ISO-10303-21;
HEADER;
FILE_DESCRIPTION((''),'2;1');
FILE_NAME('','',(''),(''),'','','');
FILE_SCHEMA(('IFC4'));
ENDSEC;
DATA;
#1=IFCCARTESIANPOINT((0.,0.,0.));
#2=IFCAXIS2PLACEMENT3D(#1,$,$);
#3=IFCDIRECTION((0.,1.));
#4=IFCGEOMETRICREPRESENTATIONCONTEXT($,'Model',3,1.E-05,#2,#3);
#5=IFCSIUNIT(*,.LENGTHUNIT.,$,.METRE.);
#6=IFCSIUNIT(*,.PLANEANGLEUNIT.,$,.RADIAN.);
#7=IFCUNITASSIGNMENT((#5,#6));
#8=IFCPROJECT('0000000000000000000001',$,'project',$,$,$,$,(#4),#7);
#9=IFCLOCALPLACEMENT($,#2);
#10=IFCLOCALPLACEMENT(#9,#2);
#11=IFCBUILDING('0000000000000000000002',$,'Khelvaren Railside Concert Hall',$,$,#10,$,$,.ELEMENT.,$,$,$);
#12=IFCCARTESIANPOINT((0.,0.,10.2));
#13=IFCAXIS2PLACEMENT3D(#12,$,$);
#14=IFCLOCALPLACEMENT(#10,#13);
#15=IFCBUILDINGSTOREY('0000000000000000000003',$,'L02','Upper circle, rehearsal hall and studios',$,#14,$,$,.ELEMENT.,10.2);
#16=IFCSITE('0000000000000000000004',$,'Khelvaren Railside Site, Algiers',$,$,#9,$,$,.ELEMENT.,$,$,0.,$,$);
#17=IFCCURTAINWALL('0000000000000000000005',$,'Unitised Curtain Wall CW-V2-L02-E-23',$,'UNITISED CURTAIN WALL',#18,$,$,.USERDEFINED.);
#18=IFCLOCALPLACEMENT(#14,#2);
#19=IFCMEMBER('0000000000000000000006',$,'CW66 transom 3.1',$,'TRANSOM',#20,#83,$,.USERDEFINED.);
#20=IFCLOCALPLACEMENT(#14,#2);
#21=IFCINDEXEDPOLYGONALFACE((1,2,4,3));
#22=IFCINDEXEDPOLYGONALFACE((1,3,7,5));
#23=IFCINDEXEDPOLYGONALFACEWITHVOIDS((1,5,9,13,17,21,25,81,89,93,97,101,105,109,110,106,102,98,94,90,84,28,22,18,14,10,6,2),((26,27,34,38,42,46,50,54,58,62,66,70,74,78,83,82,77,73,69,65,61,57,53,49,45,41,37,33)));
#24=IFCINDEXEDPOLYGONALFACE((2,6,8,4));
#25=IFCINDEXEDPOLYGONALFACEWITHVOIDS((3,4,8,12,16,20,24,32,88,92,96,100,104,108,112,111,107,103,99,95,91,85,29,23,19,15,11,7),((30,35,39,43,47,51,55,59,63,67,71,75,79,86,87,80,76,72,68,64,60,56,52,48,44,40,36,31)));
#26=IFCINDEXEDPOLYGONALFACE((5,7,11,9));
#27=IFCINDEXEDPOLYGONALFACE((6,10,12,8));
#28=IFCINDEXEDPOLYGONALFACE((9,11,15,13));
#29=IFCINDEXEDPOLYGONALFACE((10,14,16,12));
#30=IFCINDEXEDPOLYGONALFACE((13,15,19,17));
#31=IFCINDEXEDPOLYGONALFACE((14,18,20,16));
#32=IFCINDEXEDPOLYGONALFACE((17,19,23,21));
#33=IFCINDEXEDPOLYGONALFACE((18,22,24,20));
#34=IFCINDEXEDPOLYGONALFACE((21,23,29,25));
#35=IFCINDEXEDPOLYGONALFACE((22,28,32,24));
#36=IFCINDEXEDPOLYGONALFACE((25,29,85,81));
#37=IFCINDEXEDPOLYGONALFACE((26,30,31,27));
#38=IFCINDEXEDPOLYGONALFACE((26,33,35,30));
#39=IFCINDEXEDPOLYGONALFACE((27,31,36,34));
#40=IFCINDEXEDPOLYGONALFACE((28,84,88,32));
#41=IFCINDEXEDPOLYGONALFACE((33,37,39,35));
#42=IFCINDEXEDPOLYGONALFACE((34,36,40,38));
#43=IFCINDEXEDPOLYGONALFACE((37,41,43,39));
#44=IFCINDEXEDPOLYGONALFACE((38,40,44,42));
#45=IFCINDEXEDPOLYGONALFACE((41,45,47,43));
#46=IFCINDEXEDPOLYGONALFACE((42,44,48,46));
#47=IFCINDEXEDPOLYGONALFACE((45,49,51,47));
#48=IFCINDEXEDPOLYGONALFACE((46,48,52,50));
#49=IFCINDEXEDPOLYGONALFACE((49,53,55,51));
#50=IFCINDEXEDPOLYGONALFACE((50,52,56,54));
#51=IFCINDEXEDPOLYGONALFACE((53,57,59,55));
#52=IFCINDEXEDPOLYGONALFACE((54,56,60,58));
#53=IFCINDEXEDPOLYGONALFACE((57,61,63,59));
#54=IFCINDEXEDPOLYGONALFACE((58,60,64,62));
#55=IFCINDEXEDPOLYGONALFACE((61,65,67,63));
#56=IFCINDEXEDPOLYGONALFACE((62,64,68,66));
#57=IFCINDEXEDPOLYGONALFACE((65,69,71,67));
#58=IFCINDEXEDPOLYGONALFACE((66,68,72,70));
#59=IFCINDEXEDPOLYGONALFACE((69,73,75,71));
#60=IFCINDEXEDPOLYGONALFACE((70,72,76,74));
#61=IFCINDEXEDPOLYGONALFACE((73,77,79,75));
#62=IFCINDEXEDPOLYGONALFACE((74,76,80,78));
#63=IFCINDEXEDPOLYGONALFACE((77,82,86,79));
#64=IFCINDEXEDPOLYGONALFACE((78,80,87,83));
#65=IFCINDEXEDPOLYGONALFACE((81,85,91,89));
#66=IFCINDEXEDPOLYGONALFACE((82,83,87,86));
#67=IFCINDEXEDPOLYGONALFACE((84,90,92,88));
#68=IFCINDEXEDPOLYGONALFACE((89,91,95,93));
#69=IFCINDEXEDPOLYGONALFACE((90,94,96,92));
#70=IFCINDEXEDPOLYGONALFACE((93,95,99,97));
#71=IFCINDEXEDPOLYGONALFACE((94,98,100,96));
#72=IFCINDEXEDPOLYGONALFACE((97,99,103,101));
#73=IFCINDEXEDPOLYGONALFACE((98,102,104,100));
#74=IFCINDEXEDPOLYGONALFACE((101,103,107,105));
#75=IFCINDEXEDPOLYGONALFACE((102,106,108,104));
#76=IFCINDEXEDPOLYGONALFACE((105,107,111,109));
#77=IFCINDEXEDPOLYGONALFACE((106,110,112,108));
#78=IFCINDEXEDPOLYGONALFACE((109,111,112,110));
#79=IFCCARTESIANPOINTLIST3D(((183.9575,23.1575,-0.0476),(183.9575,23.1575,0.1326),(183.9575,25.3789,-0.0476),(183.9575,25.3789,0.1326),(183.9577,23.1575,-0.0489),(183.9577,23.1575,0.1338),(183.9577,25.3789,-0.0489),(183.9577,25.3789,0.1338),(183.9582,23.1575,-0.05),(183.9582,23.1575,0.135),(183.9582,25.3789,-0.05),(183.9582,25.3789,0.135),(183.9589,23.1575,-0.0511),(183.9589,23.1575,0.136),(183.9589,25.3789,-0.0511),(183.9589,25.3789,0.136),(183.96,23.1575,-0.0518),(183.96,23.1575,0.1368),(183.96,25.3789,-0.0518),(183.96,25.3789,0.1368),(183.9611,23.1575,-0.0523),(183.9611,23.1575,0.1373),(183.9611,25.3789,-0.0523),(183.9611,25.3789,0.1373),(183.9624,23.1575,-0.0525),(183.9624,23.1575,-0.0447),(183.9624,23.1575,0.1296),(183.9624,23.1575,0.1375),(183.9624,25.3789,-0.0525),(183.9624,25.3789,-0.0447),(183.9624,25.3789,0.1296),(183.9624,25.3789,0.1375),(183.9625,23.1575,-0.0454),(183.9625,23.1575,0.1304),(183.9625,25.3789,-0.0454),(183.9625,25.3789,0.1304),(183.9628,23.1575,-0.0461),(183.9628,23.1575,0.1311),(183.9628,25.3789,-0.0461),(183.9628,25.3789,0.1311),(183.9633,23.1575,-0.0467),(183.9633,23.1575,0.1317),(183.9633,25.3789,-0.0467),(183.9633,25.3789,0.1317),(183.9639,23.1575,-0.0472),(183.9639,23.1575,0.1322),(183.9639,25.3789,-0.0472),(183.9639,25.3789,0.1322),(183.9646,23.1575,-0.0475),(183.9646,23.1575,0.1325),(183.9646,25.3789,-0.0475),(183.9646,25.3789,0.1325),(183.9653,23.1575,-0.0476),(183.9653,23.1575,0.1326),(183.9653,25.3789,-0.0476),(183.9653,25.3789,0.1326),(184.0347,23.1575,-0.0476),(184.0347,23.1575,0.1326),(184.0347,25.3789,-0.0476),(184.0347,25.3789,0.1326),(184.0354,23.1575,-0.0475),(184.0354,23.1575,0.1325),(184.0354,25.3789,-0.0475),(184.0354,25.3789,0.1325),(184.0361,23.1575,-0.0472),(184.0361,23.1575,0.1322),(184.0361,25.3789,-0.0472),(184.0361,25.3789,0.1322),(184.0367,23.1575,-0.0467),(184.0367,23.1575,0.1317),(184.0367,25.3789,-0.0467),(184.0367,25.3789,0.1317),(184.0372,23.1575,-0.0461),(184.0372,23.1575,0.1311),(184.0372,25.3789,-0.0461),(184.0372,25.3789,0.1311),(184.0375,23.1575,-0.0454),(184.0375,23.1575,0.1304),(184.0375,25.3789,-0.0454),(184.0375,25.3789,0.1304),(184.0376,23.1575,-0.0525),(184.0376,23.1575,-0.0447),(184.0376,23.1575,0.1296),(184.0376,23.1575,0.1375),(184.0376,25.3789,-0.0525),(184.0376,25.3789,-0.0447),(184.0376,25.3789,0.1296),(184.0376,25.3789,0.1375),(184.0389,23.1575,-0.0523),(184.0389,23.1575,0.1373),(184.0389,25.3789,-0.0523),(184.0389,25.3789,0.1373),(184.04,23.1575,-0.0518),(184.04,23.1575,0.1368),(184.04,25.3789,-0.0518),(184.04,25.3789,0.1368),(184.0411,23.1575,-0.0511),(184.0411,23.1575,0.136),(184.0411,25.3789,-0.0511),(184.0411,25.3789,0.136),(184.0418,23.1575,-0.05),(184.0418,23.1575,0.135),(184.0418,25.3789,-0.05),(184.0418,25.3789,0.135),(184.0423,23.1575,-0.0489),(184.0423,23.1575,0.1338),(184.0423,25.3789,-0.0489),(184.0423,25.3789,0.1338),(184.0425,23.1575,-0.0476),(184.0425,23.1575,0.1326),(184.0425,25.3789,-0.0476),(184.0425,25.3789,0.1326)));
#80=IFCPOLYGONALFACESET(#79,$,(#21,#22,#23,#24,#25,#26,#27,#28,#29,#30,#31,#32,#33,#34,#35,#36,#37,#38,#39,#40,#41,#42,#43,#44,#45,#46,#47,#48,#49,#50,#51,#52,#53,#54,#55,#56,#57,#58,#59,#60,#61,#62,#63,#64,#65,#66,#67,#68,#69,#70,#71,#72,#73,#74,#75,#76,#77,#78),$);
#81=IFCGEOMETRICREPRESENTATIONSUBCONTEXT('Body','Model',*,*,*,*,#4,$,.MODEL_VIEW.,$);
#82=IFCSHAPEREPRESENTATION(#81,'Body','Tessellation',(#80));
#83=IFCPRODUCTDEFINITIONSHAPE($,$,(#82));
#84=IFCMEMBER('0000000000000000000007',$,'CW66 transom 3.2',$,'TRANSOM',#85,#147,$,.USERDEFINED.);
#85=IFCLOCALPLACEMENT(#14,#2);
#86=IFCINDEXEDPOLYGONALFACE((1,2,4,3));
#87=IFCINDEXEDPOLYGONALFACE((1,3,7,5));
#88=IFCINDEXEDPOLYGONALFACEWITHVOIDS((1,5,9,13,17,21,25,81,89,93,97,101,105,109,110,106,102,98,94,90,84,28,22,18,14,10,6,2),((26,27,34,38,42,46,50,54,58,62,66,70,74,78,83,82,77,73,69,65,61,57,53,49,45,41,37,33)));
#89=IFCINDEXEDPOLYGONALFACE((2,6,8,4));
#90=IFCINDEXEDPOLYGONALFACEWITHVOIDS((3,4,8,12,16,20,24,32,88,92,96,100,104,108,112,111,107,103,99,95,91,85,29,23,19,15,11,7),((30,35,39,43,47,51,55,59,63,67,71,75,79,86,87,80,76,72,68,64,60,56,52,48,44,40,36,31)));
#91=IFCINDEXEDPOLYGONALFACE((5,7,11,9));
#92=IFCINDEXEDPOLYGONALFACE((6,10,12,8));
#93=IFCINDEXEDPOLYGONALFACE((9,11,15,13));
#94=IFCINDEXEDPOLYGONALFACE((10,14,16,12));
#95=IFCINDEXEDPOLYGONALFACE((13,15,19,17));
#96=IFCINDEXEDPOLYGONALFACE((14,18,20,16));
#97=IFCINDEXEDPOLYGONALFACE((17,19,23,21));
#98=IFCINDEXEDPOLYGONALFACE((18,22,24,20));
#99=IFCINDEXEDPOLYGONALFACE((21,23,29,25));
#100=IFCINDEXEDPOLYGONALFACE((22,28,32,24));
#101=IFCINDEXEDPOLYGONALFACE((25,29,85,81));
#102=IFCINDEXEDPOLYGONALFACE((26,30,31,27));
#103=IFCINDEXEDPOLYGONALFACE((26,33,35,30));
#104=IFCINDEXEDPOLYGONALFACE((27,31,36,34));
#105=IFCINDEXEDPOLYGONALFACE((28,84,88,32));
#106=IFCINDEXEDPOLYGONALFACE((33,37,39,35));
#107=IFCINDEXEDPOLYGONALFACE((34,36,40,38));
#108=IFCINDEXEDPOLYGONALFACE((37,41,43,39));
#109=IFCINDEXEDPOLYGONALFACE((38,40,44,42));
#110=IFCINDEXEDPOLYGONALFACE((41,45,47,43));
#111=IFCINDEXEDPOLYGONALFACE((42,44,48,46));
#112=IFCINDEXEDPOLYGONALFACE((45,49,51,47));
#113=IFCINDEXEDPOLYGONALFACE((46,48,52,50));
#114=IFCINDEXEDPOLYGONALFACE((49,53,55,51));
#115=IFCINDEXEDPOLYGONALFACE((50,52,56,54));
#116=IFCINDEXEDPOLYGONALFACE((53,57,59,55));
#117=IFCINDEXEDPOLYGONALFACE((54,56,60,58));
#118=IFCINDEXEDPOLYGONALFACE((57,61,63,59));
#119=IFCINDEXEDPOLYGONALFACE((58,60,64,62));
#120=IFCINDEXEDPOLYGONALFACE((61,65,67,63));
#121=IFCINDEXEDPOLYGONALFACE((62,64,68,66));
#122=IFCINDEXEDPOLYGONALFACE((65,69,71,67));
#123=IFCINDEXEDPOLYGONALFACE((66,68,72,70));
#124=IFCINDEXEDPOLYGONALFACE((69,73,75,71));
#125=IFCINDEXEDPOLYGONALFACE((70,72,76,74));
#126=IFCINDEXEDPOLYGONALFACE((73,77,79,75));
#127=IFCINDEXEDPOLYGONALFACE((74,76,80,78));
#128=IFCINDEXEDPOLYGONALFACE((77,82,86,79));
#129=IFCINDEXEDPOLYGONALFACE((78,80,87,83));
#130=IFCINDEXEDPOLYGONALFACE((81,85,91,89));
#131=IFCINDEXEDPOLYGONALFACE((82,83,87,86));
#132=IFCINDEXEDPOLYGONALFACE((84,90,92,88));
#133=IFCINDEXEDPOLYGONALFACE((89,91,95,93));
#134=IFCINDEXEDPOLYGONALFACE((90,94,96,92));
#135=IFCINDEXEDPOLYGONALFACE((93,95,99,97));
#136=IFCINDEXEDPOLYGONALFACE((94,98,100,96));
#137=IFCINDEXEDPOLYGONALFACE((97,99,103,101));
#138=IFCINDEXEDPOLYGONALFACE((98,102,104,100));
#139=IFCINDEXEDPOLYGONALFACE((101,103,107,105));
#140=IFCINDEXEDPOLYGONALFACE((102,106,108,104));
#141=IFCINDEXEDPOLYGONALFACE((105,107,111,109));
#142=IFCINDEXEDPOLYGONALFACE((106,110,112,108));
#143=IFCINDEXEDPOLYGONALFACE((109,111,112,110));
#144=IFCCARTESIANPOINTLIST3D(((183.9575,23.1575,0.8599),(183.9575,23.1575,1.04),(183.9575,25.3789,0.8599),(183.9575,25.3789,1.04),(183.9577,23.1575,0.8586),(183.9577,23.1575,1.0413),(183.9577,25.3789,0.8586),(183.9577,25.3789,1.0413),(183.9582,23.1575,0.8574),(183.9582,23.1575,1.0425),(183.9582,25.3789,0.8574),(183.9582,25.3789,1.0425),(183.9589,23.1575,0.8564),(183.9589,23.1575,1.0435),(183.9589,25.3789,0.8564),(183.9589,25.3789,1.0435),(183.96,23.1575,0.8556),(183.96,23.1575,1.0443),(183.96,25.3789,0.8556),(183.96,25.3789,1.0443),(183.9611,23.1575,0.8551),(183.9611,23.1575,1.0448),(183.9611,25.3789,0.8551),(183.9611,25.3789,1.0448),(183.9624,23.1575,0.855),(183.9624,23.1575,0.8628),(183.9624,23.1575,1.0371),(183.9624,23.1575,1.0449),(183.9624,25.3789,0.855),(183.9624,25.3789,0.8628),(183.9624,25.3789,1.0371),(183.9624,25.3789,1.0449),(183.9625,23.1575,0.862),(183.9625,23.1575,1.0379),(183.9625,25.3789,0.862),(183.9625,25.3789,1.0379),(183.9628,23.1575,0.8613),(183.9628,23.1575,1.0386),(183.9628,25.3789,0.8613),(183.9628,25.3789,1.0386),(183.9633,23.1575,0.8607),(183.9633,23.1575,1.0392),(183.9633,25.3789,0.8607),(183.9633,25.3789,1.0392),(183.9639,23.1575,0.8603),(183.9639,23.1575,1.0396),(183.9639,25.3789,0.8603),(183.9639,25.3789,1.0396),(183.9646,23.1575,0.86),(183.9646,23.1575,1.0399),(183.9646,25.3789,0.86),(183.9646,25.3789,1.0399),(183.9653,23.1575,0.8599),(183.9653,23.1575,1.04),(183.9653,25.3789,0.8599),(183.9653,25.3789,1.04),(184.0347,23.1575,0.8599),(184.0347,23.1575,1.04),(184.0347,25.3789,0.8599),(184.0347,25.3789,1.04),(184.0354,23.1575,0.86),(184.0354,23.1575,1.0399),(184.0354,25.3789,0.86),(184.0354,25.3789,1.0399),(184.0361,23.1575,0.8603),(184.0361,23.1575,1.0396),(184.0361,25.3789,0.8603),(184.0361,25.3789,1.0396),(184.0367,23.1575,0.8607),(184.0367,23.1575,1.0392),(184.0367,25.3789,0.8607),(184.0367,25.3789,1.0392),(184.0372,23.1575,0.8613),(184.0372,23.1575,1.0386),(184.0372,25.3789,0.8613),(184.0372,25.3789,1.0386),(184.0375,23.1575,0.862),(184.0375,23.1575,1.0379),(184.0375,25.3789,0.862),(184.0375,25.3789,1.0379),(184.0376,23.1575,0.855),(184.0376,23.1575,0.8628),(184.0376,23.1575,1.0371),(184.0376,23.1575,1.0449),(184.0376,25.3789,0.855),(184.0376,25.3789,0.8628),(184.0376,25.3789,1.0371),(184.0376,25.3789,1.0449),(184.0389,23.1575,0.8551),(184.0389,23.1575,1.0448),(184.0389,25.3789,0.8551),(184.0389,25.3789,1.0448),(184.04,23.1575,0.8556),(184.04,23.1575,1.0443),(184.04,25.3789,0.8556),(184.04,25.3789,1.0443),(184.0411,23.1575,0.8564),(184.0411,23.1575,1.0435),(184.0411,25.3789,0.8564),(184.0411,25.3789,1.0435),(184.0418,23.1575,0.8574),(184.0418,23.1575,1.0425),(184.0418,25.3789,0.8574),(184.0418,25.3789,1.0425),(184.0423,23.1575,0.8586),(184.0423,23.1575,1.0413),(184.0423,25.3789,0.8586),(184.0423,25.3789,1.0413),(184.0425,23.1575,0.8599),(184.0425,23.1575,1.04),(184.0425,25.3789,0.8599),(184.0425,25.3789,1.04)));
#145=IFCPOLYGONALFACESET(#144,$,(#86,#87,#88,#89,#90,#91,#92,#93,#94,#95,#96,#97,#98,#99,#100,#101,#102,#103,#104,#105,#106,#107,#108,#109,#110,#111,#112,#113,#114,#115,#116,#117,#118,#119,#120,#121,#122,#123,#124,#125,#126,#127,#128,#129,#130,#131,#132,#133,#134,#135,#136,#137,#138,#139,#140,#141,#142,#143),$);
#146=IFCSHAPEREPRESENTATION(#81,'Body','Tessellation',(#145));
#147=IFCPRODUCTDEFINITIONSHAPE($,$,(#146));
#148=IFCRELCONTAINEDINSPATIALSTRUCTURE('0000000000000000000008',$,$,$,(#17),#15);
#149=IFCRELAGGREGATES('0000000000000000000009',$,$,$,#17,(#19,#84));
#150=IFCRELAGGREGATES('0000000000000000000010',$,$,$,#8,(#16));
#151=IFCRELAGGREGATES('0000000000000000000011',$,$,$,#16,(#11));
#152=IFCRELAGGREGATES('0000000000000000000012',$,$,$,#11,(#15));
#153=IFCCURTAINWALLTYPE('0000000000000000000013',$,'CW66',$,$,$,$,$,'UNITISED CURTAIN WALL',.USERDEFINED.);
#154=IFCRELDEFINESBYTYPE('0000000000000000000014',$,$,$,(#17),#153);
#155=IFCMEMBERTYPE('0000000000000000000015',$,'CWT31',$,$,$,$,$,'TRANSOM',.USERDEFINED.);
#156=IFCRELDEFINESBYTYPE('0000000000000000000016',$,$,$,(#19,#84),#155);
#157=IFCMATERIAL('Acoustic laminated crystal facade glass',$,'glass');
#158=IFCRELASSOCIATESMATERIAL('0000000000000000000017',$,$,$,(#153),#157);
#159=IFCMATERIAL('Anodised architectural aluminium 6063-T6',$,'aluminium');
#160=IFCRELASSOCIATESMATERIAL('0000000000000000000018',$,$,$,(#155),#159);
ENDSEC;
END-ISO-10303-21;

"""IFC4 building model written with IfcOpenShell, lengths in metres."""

from ifc_helpers import new_model, si_unit, direction, frame, origin, origin_2d, place, context, subcontext, project, spatial, hollow_rectangle, extrude, material, material_profile, profile_set, type_object, element, aggregate, save


model = new_model("IFC4")

# Units and contexts
model_context = context("Model", 3, precision=1e-05, world=origin(), true_north=direction((0.0, 1.0)))
body_context = subcontext(model_context, "Body", "Model", "MODEL_VIEW")
ifc_project = project(units=[si_unit("LENGTHUNIT", "METRE"), si_unit("PLANEANGLEUNIT", "RADIAN")], contexts=[model_context])

# Site, building, storey
site_placement = place(None, origin())
site = spatial("IfcSite", under=ifc_project, at=site_placement, Name="Khelvaren Railside Site, Algiers", CompositionType="ELEMENT", RefElevation=0.0)
building_placement = place(site_placement, origin())
building = spatial("IfcBuilding", under=site, at=building_placement, Name="Khelvaren Railside Concert Hall", CompositionType="ELEMENT")
storey_placement = place(building_placement, frame((0.0, 0.0, 10.2)))
storey = spatial("IfcBuildingStorey", under=building, at=storey_placement, Name="L02", Description="Upper circle, rehearsal hall and studios", CompositionType="ELEMENT", Elevation=10.2)

# Curtain wall, members
ifc_material_1 = material(Name="Acoustic laminated crystal facade glass", Category="glass")
curtain_wall_type = type_object("IfcCurtainWallType", Name="CW66", ElementType="UNITISED CURTAIN WALL", PredefinedType="USERDEFINED", material=ifc_material_1)
curtain_wall_placement = place(storey_placement, origin())
curtain_wall = element("IfcCurtainWall", 1, at=curtain_wall_placement, inside=storey, type_object=curtain_wall_type, Name="Unitised Curtain Wall CW-V2-L02-E-23", ObjectType="UNITISED CURTAIN WALL", PredefinedType="USERDEFINED")
ifc_material_2 = material(Name="Anodised architectural aluminium 6063-T6", Category="aluminium")
ifc_material_profile_1 = material_profile(ifc_material_2, hollow_rectangle(XDim=0.085, YDim=0.1899, WallThickness=0.0049, InnerFilletRadius=0.0029, OuterFilletRadius=0.0049, at=origin_2d()), Name="CWT 85x190x5")
ifc_profile_set_1 = profile_set([ifc_material_profile_1], Name="Anodised architectural aluminium 6063-T6")
member_type_1 = type_object("IfcMemberType", Name="CWT31", ElementType="TRANSOM", PredefinedType="USERDEFINED", material=ifc_profile_set_1)
member_1_placement = place(storey_placement, frame((184.0, 25.3789, 0.0425), z_axis=(0.0, -1.0, 0.0), x_axis=(1.0, 0.0, 0.0)))
member_1 = element("IfcMember", 2, at=member_1_placement, type_object=member_type_1, Name="CW66 transom 3.1", ObjectType="TRANSOM", PredefinedType="USERDEFINED", context=body_context, shape_type="SweptSolid", body=[
    extrude(hollow_rectangle(XDim=0.085, YDim=0.1899, WallThickness=0.0049, InnerFilletRadius=0.0029, OuterFilletRadius=0.0049, at=origin_2d()), origin(), (0.0, 0.0, 1.0), 2.2214),
])
member_2_placement = place(storey_placement, frame((184.0, 25.3789, 0.95), z_axis=(0.0, -1.0, 0.0), x_axis=(1.0, 0.0, 0.0)))
member_2 = element("IfcMember", 3, at=member_2_placement, type_object=member_type_1, Name="CW66 transom 3.2", ObjectType="TRANSOM", PredefinedType="USERDEFINED", context=body_context, shape_type="SweptSolid", body=[
    extrude(hollow_rectangle(XDim=0.085, YDim=0.1899, WallThickness=0.0049, InnerFilletRadius=0.0029, OuterFilletRadius=0.0049, at=origin_2d()), origin(), (0.0, 0.0, 1.0), 2.2214),
])

aggregate(curtain_wall, [member_1, member_2])

save(model, "model.ifc")
